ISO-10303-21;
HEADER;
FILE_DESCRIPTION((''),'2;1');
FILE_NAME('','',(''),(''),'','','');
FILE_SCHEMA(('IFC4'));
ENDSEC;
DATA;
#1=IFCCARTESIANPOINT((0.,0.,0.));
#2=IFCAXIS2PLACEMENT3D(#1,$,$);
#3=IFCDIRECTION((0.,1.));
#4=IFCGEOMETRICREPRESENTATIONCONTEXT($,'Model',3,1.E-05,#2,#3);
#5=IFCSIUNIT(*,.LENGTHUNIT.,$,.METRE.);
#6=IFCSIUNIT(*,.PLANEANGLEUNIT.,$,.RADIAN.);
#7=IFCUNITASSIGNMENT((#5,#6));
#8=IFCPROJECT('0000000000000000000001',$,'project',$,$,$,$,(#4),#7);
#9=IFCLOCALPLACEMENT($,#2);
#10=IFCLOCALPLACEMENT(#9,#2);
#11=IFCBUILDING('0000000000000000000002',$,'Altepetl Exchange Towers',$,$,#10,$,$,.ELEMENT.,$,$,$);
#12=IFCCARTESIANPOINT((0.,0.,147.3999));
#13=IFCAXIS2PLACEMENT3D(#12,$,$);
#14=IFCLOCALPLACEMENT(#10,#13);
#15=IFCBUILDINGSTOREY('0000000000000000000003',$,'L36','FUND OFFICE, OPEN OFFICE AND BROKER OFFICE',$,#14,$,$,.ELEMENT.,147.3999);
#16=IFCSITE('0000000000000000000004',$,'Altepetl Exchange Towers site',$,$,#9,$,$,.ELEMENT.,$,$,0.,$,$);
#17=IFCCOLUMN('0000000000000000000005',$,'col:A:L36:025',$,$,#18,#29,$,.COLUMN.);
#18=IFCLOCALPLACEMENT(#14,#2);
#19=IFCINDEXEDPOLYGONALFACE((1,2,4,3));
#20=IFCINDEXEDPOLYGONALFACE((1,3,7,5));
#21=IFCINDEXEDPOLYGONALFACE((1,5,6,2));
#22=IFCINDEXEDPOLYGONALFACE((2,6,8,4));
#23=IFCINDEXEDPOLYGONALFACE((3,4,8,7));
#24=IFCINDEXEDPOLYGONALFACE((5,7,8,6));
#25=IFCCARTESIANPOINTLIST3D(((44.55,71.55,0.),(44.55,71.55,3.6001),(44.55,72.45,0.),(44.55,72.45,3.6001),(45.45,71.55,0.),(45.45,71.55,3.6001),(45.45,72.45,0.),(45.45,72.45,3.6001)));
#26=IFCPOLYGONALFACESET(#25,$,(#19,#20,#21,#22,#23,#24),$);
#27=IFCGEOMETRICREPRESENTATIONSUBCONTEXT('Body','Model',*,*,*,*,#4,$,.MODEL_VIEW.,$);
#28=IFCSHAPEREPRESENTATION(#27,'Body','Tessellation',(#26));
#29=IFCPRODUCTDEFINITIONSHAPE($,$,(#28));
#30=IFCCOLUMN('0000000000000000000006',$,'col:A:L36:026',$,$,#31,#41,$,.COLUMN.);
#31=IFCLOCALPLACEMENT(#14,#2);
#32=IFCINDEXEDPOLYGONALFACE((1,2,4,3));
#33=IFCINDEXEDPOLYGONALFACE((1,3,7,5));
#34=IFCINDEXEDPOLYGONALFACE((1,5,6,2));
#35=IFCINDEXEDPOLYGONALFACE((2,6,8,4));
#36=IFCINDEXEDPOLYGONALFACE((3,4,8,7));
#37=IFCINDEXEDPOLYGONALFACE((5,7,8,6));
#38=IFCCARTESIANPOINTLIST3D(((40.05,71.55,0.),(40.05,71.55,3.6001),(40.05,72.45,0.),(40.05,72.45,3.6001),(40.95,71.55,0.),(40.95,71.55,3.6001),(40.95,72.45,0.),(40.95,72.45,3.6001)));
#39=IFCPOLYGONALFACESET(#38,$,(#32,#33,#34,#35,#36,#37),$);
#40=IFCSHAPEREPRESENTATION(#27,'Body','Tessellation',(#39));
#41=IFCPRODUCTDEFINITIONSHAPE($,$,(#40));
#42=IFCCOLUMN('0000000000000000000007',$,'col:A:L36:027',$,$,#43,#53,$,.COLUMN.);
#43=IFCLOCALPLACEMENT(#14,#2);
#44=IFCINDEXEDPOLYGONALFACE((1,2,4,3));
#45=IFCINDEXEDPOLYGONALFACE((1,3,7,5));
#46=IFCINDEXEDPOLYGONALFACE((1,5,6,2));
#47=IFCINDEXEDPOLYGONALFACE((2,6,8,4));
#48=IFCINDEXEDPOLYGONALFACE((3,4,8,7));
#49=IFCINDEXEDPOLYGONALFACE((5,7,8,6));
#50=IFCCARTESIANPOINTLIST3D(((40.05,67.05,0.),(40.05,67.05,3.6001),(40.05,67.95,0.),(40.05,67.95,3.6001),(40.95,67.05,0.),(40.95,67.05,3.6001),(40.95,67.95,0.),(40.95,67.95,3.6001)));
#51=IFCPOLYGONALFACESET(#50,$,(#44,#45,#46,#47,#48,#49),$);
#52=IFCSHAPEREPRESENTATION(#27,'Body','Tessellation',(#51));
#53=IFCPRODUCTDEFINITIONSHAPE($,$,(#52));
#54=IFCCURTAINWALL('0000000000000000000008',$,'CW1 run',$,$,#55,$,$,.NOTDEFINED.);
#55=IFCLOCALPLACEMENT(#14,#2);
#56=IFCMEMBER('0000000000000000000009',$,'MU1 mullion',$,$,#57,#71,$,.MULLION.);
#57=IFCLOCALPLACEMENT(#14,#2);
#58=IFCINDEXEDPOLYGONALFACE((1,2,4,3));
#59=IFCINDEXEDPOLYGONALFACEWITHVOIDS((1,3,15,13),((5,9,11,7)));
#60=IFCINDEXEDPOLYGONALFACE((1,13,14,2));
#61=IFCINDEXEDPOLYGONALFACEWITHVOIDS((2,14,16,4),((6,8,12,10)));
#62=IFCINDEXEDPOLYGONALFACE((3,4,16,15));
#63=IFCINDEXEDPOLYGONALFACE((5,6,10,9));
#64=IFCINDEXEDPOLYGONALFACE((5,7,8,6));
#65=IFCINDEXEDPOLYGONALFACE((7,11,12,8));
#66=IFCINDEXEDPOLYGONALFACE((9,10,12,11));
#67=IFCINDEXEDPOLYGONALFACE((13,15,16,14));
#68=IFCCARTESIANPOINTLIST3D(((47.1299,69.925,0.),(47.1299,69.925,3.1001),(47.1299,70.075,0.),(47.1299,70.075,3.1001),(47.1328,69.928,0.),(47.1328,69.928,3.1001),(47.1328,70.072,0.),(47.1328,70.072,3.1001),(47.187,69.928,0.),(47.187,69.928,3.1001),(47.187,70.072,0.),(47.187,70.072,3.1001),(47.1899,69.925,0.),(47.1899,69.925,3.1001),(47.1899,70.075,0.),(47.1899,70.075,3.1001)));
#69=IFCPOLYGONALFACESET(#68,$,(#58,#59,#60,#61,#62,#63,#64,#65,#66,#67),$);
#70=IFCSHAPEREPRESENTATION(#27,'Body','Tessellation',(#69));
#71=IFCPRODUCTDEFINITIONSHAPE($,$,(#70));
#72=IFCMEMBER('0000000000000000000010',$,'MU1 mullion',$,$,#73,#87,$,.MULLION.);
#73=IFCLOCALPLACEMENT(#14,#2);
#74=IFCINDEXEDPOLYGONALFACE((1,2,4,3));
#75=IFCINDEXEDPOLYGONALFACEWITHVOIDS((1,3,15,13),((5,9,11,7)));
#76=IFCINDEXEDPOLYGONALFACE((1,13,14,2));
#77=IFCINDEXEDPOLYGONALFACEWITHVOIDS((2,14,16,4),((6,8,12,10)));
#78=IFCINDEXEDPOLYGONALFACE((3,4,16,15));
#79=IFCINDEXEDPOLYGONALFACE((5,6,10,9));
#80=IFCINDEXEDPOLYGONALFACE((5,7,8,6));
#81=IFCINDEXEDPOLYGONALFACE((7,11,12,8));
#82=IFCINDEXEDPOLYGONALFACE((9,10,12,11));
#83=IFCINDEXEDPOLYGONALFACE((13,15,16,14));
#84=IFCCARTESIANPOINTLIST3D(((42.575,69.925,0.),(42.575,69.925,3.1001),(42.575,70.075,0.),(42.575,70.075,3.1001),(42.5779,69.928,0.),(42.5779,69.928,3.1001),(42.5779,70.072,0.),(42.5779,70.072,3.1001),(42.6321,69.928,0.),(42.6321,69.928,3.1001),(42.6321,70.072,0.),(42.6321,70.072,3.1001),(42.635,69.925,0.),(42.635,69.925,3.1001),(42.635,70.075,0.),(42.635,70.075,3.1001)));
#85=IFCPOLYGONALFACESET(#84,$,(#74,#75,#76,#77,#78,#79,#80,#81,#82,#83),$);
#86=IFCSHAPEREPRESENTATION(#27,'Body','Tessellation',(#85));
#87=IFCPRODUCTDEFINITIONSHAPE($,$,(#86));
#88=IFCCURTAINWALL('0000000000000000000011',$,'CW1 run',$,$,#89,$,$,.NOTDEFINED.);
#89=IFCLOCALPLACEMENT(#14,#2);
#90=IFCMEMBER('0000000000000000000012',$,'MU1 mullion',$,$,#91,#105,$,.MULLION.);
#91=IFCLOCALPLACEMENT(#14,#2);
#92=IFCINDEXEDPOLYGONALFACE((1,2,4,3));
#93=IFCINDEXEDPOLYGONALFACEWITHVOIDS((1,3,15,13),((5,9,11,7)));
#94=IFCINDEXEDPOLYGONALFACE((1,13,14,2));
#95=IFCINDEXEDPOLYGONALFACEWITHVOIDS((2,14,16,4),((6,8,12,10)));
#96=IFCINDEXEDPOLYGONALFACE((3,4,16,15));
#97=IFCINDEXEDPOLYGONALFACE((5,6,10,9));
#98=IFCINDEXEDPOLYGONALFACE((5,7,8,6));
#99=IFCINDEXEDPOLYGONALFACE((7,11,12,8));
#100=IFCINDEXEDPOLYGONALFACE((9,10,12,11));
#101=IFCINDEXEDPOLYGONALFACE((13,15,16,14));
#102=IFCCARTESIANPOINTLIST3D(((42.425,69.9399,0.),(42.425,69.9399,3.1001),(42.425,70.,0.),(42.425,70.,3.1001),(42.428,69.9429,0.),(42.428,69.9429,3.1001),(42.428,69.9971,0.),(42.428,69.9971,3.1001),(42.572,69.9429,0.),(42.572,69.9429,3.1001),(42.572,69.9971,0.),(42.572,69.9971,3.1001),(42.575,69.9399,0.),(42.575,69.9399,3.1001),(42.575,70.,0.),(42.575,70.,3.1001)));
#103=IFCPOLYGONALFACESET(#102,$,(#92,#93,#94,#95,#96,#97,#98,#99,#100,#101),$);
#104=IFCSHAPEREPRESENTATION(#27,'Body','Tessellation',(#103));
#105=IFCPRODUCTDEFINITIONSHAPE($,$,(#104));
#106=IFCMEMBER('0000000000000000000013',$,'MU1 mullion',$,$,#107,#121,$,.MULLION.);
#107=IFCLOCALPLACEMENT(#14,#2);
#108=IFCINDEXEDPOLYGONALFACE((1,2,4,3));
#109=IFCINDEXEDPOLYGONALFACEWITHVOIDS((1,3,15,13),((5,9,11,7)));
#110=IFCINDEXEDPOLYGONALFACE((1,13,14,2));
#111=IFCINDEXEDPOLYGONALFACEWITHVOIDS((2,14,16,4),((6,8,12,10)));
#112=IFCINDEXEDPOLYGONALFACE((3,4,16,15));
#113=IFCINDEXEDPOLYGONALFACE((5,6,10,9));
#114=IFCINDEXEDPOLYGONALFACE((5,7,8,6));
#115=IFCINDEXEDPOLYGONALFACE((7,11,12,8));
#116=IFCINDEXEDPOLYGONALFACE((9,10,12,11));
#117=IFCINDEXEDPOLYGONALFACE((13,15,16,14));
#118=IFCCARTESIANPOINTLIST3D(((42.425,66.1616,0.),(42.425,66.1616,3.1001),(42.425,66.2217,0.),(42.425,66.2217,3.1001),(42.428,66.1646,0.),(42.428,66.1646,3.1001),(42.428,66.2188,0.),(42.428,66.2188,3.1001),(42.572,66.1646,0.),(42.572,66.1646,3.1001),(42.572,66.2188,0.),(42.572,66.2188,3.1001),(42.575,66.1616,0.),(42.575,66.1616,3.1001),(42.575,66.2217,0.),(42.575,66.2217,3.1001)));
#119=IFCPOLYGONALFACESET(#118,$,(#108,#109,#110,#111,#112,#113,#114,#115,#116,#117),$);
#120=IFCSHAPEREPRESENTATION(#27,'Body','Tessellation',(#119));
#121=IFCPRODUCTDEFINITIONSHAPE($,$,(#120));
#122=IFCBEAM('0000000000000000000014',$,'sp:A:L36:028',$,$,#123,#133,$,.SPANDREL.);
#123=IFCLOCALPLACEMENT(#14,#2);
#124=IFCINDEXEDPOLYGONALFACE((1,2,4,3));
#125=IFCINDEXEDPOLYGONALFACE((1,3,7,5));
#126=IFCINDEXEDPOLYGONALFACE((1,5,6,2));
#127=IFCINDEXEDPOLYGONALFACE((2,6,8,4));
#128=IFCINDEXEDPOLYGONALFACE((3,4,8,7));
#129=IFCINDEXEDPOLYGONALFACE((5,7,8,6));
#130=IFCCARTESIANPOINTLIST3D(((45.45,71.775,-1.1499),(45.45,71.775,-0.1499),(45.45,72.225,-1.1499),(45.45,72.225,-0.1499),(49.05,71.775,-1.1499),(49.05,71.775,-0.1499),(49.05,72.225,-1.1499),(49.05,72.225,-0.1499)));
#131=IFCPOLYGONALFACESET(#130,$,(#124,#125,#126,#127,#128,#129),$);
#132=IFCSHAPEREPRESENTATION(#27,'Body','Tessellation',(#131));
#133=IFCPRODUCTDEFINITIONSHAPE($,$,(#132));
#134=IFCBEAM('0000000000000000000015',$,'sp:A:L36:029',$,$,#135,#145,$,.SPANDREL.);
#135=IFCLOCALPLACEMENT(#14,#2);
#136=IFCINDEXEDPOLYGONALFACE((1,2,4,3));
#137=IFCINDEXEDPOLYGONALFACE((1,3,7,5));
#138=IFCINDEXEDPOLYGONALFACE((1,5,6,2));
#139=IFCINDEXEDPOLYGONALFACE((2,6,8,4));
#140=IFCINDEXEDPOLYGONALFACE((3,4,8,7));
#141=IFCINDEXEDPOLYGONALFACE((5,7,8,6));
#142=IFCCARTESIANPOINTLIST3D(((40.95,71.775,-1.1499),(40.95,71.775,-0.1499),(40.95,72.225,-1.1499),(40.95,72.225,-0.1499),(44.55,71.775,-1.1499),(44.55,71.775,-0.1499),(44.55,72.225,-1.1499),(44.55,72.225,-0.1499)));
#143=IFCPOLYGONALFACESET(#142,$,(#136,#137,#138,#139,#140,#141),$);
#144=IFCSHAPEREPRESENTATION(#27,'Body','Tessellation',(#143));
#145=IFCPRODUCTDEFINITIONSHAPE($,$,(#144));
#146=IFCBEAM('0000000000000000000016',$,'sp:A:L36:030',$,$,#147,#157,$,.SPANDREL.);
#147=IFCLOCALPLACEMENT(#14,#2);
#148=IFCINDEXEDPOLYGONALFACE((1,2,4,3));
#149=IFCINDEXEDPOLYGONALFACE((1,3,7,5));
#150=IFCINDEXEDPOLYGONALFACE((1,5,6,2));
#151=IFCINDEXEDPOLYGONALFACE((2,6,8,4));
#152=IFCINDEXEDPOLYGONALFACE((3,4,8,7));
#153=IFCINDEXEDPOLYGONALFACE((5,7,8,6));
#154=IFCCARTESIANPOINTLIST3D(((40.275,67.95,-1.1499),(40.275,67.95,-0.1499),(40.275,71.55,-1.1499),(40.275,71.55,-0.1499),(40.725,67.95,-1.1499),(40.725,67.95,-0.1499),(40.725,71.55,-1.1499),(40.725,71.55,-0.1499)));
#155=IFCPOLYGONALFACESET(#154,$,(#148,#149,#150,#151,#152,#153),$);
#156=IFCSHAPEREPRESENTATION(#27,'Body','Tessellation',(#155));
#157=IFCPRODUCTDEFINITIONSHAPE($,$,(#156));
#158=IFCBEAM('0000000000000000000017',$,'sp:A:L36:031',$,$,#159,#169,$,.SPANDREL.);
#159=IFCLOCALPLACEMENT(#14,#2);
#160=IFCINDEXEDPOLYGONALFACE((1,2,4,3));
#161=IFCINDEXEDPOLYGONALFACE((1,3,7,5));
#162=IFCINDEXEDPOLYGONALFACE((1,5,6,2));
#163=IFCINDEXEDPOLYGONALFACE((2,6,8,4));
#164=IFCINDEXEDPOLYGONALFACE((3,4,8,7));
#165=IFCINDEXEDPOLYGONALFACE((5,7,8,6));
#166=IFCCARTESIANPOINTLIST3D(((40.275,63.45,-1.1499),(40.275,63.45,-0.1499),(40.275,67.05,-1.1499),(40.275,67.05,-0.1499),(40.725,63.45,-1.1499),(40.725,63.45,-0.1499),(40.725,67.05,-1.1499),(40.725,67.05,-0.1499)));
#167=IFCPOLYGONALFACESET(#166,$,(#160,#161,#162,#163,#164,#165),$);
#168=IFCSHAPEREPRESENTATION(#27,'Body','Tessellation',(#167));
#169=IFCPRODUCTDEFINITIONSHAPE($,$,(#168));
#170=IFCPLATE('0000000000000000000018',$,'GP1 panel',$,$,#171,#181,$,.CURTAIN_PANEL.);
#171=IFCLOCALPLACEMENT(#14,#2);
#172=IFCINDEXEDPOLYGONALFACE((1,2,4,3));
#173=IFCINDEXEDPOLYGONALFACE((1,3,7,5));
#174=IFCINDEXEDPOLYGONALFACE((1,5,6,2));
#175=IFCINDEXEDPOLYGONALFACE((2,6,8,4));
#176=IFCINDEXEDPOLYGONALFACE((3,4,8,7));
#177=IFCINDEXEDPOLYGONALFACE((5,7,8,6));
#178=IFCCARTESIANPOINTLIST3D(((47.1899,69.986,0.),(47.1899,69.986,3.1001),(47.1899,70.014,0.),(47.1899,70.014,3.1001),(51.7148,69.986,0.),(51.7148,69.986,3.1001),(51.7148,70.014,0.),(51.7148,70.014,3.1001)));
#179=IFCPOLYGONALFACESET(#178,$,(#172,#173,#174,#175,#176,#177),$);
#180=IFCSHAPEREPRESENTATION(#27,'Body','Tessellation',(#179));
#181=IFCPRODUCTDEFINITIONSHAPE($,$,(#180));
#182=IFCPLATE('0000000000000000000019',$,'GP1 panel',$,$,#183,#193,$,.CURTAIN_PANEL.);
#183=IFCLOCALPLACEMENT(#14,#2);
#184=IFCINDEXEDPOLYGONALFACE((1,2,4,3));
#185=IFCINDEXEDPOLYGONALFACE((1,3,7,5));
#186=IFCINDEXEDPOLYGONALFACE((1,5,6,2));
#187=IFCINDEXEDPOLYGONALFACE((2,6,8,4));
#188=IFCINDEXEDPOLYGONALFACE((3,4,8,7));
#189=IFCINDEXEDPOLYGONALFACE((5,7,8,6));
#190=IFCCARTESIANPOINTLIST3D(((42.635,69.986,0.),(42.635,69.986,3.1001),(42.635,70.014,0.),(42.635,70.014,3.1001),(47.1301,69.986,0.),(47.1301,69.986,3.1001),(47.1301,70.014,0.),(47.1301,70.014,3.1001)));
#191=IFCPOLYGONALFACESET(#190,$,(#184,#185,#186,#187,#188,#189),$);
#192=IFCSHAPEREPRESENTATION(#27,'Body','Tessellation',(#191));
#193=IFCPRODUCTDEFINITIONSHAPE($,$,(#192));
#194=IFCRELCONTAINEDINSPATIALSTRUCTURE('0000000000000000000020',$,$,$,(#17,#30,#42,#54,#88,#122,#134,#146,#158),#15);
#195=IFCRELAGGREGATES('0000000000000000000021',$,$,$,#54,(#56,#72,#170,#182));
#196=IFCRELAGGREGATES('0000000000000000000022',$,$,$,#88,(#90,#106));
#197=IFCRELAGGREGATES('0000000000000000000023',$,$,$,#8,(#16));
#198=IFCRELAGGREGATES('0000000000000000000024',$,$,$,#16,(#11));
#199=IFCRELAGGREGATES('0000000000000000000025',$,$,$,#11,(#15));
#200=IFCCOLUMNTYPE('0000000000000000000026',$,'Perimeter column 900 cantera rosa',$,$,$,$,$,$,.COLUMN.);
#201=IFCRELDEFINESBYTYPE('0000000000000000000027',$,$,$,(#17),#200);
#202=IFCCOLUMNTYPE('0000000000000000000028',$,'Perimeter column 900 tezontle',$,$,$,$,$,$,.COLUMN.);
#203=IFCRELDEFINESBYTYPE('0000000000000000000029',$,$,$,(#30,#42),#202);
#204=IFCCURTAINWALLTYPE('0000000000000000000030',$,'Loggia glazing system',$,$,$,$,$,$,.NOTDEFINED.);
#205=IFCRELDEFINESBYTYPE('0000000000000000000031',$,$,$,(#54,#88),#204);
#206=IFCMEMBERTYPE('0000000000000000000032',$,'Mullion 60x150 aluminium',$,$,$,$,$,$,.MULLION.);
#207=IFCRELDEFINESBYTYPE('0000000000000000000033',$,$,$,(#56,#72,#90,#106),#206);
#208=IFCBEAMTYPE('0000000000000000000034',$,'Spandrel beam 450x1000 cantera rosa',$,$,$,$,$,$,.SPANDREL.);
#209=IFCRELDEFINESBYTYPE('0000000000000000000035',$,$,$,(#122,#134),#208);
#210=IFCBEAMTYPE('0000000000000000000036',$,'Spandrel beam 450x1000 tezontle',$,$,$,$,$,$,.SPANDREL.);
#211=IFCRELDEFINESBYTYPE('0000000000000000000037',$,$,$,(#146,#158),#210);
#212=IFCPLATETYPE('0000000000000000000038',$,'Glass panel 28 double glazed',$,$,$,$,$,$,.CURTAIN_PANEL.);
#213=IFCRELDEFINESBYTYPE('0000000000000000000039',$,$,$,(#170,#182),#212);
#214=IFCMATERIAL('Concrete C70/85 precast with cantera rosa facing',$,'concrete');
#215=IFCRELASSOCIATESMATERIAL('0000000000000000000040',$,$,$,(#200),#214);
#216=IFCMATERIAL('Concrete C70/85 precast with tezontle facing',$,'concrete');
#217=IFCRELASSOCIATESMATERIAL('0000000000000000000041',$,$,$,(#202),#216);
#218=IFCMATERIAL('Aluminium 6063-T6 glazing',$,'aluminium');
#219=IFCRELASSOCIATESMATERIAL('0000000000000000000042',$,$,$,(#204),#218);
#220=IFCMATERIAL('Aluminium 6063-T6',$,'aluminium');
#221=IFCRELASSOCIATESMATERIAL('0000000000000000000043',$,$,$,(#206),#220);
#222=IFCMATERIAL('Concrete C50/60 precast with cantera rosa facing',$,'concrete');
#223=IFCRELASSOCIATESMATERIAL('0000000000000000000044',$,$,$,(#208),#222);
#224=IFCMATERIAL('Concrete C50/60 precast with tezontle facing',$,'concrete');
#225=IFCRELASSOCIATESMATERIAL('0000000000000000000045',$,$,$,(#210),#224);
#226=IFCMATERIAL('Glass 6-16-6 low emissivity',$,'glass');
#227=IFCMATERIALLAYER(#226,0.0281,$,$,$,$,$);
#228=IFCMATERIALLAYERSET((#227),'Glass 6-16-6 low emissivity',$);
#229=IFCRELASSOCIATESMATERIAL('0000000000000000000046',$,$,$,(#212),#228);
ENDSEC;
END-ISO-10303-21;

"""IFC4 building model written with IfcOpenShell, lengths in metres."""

from ifc_helpers import new_model, si_unit, direction, frame, origin, origin_2d, place, context, subcontext, project, spatial, rectangle, hollow_rectangle, extrude, material, layer, layer_set, material_profile, profile_set, type_object, element, aggregate, save


model = new_model("IFC4")

# Units and contexts
model_context = context("Model", 3, precision=1e-05, world=origin(), true_north=direction((0.0, 1.0)))
body_context = subcontext(model_context, "Body", "Model", "MODEL_VIEW")
ifc_project = project(units=[si_unit("LENGTHUNIT", "METRE"), si_unit("PLANEANGLEUNIT", "RADIAN")], contexts=[model_context])

# Site, building, storey
site_placement = place(None, origin())
site = spatial("IfcSite", under=ifc_project, at=site_placement, Name="Altepetl Exchange Towers site", CompositionType="ELEMENT", RefElevation=0.0)
building_placement = place(site_placement, origin())
building = spatial("IfcBuilding", under=site, at=building_placement, Name="Altepetl Exchange Towers", CompositionType="ELEMENT")
storey_placement = place(building_placement, frame((0.0, 0.0, 147.3999)))
storey = spatial("IfcBuildingStorey", under=building, at=storey_placement, Name="L36", Description="FUND OFFICE, OPEN OFFICE AND BROKER OFFICE", CompositionType="ELEMENT", Elevation=147.3999)

# Columns
ifc_material_1 = material(Name="Concrete C70/85 precast with cantera rosa facing", Category="concrete")
ifc_material_profile_1 = material_profile(ifc_material_1, rectangle(XDim=0.8999, YDim=0.8999, at=origin_2d()), Name="900 x 900")
ifc_profile_set_1 = profile_set([ifc_material_profile_1], Name="Concrete C70/85 precast with cantera rosa facing")
column_type_1 = type_object("IfcColumnType", Name="Perimeter column 900 cantera rosa", PredefinedType="COLUMN", material=ifc_profile_set_1)
column_placement = place(storey_placement, frame((45.0, 72.0, 0.0)))
element("IfcColumn", 1, at=column_placement, inside=storey, type_object=column_type_1, Name="col:A:L36:025", PredefinedType="COLUMN", context=body_context, shape_type="SweptSolid", body=[
    extrude(rectangle(XDim=0.8999, YDim=0.8999, at=origin_2d()), origin(), (0.0, 0.0, 1.0), 3.6001),
])
ifc_material_2 = material(Name="Concrete C70/85 precast with tezontle facing", Category="concrete")
ifc_material_profile_2 = material_profile(ifc_material_2, rectangle(XDim=0.8999, YDim=0.8999, at=origin_2d()), Name="900 x 900")
ifc_profile_set_2 = profile_set([ifc_material_profile_2], Name="Concrete C70/85 precast with tezontle facing")
column_type_2 = type_object("IfcColumnType", Name="Perimeter column 900 tezontle", PredefinedType="COLUMN", material=ifc_profile_set_2)
for number, where, name in (
    (2, (40.5, 72.0, 0.0), "col:A:L36:026"),
    (3, (40.5, 67.5, 0.0), "col:A:L36:027"),
):
    element("IfcColumn", number, at=place(storey_placement, frame(where)), inside=storey, type_object=column_type_2, Name=name, PredefinedType="COLUMN", context=body_context, shape_type="SweptSolid", body=[
        extrude(rectangle(XDim=0.8999, YDim=0.8999, at=origin_2d()), origin(), (0.0, 0.0, 1.0), 3.6001),
    ])

# Curtain walls, members
ifc_material_3 = material(Name="Aluminium 6063-T6 glazing", Category="aluminium")
curtain_wall_type = type_object("IfcCurtainWallType", Name="Loggia glazing system", PredefinedType="NOTDEFINED", material=ifc_material_3)
curtain_wall_1_placement = place(storey_placement, origin())
curtain_wall_1 = element("IfcCurtainWall", 4, at=curtain_wall_1_placement, inside=storey, type_object=curtain_wall_type, Name="CW1 run", PredefinedType="NOTDEFINED")
ifc_material_4 = material(Name="Aluminium 6063-T6", Category="aluminium")
ifc_material_profile_3 = material_profile(ifc_material_4, hollow_rectangle(XDim=0.0601, YDim=0.1499, WallThickness=0.0029, at=origin_2d()), Name="Mullion 60x150 aluminium")
ifc_profile_set_3 = profile_set([ifc_material_profile_3], Name="Aluminium 6063-T6")
member_type = type_object("IfcMemberType", Name="Mullion 60x150 aluminium", PredefinedType="MULLION", material=ifc_profile_set_3)
member_1_placement = place(storey_placement, frame((47.1599, 70.0, 0.0), z_axis=(0.0, 0.0, 1.0), x_axis=(-1.0, 0.0, 0.0)))
member_1 = element("IfcMember", 5, at=member_1_placement, type_object=member_type, Name="MU1 mullion", PredefinedType="MULLION", context=body_context, shape_type="SweptSolid", body=[
    extrude(hollow_rectangle(XDim=0.0601, YDim=0.1499, WallThickness=0.0029, at=origin_2d()), origin(), (0.0, 0.0, 1.0), 3.1001),
])
member_2_placement = place(storey_placement, frame((42.605, 70.0, 0.0), z_axis=(0.0, 0.0, 1.0), x_axis=(-1.0, 0.0, 0.0)))
member_2 = element("IfcMember", 6, at=member_2_placement, type_object=member_type, Name="MU1 mullion", PredefinedType="MULLION", context=body_context, shape_type="SweptSolid", body=[
    extrude(hollow_rectangle(XDim=0.0601, YDim=0.1499, WallThickness=0.0029, at=origin_2d()), origin(), (0.0, 0.0, 1.0), 3.1001),
])
curtain_wall_2_placement = place(storey_placement, origin())
curtain_wall_2 = element("IfcCurtainWall", 7, at=curtain_wall_2_placement, inside=storey, type_object=curtain_wall_type, Name="CW1 run", PredefinedType="NOTDEFINED")
member_3_placement = place(storey_placement, frame((42.5, 69.97, 0.0), z_axis=(0.0, 0.0, 1.0), x_axis=(0.0, -1.0, 0.0)))
member_3 = element("IfcMember", 8, at=member_3_placement, type_object=member_type, Name="MU1 mullion", PredefinedType="MULLION", context=body_context, shape_type="SweptSolid", body=[
    extrude(hollow_rectangle(XDim=0.0601, YDim=0.1499, WallThickness=0.0029, at=origin_2d()), origin(), (0.0, 0.0, 1.0), 3.1001),
])
member_4_placement = place(storey_placement, frame((42.5, 66.1917, 0.0), z_axis=(0.0, 0.0, 1.0), x_axis=(0.0, -1.0, 0.0)))
member_4 = element("IfcMember", 9, at=member_4_placement, type_object=member_type, Name="MU1 mullion", PredefinedType="MULLION", context=body_context, shape_type="SweptSolid", body=[
    extrude(hollow_rectangle(XDim=0.0601, YDim=0.1499, WallThickness=0.0029, at=origin_2d()), origin(), (0.0, 0.0, 1.0), 3.1001),
])

# Beams
ifc_material_5 = material(Name="Concrete C50/60 precast with cantera rosa facing", Category="concrete")
ifc_material_profile_4 = material_profile(ifc_material_5, rectangle(XDim=0.45, YDim=1.0, at=origin_2d()), Name="450 x 1000")
ifc_profile_set_4 = profile_set([ifc_material_profile_4], Name="Concrete C50/60 precast with cantera rosa facing")
beam_type_1 = type_object("IfcBeamType", Name="Spandrel beam 450x1000 cantera rosa", PredefinedType="SPANDREL", material=ifc_profile_set_4)
for number, where, z_axis, x_axis, name in (
    (10, (49.05, 72.0, -0.6499), (-1.0, 0.0, 0.0), (0.0, -1.0, 0.0), "sp:A:L36:028"),
    (11, (44.55, 72.0, -0.6499), (-1.0, 0.0, 0.0), (0.0, -1.0, 0.0), "sp:A:L36:029"),
):
    element("IfcBeam", number, at=place(storey_placement, frame(where, z_axis=z_axis, x_axis=x_axis)), inside=storey, type_object=beam_type_1, Name=name, PredefinedType="SPANDREL", context=body_context, shape_type="SweptSolid", body=[
        extrude(rectangle(XDim=0.45, YDim=1.0, at=origin_2d()), origin(), (0.0, 0.0, 1.0), 3.6001),
    ])
ifc_material_6 = material(Name="Concrete C50/60 precast with tezontle facing", Category="concrete")
ifc_material_profile_5 = material_profile(ifc_material_6, rectangle(XDim=0.45, YDim=1.0, at=origin_2d()), Name="450 x 1000")
ifc_profile_set_5 = profile_set([ifc_material_profile_5], Name="Concrete C50/60 precast with tezontle facing")
beam_type_2 = type_object("IfcBeamType", Name="Spandrel beam 450x1000 tezontle", PredefinedType="SPANDREL", material=ifc_profile_set_5)
for number, where, z_axis, x_axis, name in (
    (12, (40.5, 71.55, -0.6499), (0.0, -1.0, 0.0), (1.0, 0.0, 0.0), "sp:A:L36:030"),
    (13, (40.5, 67.05, -0.6499), (0.0, -1.0, 0.0), (1.0, 0.0, 0.0), "sp:A:L36:031"),
):
    element("IfcBeam", number, at=place(storey_placement, frame(where, z_axis=z_axis, x_axis=x_axis)), inside=storey, type_object=beam_type_2, Name=name, PredefinedType="SPANDREL", context=body_context, shape_type="SweptSolid", body=[
        extrude(rectangle(XDim=0.45, YDim=1.0, at=origin_2d()), origin(), (0.0, 0.0, 1.0), 3.6001),
    ])

# Plates
ifc_material_7 = material(Name="Glass 6-16-6 low emissivity", Category="glass")
ifc_layer = layer(ifc_material_7, 0.0281)
ifc_layer_set = layer_set([ifc_layer], Name="Glass 6-16-6 low emissivity")
plate_type = type_object("IfcPlateType", Name="Glass panel 28 double glazed", PredefinedType="CURTAIN_PANEL", material=ifc_layer_set)
plate_1_placement = place(storey_placement, frame((49.4524, 70.0, 0.0), z_axis=(0.0, 0.0, 1.0), x_axis=(-1.0, 0.0, 0.0)))
plate_1 = element("IfcPlate", 14, at=plate_1_placement, type_object=plate_type, Name="GP1 panel", PredefinedType="CURTAIN_PANEL", context=body_context, shape_type="SweptSolid", body=[
    extrude(rectangle(XDim=4.5249, YDim=0.0281, at=origin_2d()), origin(), (0.0, 0.0, 1.0), 3.1001),
])
plate_2_placement = place(storey_placement, frame((44.8826, 70.0, 0.0), z_axis=(0.0, 0.0, 1.0), x_axis=(-1.0, 0.0, 0.0)))
plate_2 = element("IfcPlate", 15, at=plate_2_placement, type_object=plate_type, Name="GP1 panel", PredefinedType="CURTAIN_PANEL", context=body_context, shape_type="SweptSolid", body=[
    extrude(rectangle(XDim=4.4951, YDim=0.0281, at=origin_2d()), origin(), (0.0, 0.0, 1.0), 3.1001),
])
aggregate(curtain_wall_1, [member_1, member_2, plate_1, plate_2])
aggregate(curtain_wall_2, [member_3, member_4])

save(model, "model.ifc")
